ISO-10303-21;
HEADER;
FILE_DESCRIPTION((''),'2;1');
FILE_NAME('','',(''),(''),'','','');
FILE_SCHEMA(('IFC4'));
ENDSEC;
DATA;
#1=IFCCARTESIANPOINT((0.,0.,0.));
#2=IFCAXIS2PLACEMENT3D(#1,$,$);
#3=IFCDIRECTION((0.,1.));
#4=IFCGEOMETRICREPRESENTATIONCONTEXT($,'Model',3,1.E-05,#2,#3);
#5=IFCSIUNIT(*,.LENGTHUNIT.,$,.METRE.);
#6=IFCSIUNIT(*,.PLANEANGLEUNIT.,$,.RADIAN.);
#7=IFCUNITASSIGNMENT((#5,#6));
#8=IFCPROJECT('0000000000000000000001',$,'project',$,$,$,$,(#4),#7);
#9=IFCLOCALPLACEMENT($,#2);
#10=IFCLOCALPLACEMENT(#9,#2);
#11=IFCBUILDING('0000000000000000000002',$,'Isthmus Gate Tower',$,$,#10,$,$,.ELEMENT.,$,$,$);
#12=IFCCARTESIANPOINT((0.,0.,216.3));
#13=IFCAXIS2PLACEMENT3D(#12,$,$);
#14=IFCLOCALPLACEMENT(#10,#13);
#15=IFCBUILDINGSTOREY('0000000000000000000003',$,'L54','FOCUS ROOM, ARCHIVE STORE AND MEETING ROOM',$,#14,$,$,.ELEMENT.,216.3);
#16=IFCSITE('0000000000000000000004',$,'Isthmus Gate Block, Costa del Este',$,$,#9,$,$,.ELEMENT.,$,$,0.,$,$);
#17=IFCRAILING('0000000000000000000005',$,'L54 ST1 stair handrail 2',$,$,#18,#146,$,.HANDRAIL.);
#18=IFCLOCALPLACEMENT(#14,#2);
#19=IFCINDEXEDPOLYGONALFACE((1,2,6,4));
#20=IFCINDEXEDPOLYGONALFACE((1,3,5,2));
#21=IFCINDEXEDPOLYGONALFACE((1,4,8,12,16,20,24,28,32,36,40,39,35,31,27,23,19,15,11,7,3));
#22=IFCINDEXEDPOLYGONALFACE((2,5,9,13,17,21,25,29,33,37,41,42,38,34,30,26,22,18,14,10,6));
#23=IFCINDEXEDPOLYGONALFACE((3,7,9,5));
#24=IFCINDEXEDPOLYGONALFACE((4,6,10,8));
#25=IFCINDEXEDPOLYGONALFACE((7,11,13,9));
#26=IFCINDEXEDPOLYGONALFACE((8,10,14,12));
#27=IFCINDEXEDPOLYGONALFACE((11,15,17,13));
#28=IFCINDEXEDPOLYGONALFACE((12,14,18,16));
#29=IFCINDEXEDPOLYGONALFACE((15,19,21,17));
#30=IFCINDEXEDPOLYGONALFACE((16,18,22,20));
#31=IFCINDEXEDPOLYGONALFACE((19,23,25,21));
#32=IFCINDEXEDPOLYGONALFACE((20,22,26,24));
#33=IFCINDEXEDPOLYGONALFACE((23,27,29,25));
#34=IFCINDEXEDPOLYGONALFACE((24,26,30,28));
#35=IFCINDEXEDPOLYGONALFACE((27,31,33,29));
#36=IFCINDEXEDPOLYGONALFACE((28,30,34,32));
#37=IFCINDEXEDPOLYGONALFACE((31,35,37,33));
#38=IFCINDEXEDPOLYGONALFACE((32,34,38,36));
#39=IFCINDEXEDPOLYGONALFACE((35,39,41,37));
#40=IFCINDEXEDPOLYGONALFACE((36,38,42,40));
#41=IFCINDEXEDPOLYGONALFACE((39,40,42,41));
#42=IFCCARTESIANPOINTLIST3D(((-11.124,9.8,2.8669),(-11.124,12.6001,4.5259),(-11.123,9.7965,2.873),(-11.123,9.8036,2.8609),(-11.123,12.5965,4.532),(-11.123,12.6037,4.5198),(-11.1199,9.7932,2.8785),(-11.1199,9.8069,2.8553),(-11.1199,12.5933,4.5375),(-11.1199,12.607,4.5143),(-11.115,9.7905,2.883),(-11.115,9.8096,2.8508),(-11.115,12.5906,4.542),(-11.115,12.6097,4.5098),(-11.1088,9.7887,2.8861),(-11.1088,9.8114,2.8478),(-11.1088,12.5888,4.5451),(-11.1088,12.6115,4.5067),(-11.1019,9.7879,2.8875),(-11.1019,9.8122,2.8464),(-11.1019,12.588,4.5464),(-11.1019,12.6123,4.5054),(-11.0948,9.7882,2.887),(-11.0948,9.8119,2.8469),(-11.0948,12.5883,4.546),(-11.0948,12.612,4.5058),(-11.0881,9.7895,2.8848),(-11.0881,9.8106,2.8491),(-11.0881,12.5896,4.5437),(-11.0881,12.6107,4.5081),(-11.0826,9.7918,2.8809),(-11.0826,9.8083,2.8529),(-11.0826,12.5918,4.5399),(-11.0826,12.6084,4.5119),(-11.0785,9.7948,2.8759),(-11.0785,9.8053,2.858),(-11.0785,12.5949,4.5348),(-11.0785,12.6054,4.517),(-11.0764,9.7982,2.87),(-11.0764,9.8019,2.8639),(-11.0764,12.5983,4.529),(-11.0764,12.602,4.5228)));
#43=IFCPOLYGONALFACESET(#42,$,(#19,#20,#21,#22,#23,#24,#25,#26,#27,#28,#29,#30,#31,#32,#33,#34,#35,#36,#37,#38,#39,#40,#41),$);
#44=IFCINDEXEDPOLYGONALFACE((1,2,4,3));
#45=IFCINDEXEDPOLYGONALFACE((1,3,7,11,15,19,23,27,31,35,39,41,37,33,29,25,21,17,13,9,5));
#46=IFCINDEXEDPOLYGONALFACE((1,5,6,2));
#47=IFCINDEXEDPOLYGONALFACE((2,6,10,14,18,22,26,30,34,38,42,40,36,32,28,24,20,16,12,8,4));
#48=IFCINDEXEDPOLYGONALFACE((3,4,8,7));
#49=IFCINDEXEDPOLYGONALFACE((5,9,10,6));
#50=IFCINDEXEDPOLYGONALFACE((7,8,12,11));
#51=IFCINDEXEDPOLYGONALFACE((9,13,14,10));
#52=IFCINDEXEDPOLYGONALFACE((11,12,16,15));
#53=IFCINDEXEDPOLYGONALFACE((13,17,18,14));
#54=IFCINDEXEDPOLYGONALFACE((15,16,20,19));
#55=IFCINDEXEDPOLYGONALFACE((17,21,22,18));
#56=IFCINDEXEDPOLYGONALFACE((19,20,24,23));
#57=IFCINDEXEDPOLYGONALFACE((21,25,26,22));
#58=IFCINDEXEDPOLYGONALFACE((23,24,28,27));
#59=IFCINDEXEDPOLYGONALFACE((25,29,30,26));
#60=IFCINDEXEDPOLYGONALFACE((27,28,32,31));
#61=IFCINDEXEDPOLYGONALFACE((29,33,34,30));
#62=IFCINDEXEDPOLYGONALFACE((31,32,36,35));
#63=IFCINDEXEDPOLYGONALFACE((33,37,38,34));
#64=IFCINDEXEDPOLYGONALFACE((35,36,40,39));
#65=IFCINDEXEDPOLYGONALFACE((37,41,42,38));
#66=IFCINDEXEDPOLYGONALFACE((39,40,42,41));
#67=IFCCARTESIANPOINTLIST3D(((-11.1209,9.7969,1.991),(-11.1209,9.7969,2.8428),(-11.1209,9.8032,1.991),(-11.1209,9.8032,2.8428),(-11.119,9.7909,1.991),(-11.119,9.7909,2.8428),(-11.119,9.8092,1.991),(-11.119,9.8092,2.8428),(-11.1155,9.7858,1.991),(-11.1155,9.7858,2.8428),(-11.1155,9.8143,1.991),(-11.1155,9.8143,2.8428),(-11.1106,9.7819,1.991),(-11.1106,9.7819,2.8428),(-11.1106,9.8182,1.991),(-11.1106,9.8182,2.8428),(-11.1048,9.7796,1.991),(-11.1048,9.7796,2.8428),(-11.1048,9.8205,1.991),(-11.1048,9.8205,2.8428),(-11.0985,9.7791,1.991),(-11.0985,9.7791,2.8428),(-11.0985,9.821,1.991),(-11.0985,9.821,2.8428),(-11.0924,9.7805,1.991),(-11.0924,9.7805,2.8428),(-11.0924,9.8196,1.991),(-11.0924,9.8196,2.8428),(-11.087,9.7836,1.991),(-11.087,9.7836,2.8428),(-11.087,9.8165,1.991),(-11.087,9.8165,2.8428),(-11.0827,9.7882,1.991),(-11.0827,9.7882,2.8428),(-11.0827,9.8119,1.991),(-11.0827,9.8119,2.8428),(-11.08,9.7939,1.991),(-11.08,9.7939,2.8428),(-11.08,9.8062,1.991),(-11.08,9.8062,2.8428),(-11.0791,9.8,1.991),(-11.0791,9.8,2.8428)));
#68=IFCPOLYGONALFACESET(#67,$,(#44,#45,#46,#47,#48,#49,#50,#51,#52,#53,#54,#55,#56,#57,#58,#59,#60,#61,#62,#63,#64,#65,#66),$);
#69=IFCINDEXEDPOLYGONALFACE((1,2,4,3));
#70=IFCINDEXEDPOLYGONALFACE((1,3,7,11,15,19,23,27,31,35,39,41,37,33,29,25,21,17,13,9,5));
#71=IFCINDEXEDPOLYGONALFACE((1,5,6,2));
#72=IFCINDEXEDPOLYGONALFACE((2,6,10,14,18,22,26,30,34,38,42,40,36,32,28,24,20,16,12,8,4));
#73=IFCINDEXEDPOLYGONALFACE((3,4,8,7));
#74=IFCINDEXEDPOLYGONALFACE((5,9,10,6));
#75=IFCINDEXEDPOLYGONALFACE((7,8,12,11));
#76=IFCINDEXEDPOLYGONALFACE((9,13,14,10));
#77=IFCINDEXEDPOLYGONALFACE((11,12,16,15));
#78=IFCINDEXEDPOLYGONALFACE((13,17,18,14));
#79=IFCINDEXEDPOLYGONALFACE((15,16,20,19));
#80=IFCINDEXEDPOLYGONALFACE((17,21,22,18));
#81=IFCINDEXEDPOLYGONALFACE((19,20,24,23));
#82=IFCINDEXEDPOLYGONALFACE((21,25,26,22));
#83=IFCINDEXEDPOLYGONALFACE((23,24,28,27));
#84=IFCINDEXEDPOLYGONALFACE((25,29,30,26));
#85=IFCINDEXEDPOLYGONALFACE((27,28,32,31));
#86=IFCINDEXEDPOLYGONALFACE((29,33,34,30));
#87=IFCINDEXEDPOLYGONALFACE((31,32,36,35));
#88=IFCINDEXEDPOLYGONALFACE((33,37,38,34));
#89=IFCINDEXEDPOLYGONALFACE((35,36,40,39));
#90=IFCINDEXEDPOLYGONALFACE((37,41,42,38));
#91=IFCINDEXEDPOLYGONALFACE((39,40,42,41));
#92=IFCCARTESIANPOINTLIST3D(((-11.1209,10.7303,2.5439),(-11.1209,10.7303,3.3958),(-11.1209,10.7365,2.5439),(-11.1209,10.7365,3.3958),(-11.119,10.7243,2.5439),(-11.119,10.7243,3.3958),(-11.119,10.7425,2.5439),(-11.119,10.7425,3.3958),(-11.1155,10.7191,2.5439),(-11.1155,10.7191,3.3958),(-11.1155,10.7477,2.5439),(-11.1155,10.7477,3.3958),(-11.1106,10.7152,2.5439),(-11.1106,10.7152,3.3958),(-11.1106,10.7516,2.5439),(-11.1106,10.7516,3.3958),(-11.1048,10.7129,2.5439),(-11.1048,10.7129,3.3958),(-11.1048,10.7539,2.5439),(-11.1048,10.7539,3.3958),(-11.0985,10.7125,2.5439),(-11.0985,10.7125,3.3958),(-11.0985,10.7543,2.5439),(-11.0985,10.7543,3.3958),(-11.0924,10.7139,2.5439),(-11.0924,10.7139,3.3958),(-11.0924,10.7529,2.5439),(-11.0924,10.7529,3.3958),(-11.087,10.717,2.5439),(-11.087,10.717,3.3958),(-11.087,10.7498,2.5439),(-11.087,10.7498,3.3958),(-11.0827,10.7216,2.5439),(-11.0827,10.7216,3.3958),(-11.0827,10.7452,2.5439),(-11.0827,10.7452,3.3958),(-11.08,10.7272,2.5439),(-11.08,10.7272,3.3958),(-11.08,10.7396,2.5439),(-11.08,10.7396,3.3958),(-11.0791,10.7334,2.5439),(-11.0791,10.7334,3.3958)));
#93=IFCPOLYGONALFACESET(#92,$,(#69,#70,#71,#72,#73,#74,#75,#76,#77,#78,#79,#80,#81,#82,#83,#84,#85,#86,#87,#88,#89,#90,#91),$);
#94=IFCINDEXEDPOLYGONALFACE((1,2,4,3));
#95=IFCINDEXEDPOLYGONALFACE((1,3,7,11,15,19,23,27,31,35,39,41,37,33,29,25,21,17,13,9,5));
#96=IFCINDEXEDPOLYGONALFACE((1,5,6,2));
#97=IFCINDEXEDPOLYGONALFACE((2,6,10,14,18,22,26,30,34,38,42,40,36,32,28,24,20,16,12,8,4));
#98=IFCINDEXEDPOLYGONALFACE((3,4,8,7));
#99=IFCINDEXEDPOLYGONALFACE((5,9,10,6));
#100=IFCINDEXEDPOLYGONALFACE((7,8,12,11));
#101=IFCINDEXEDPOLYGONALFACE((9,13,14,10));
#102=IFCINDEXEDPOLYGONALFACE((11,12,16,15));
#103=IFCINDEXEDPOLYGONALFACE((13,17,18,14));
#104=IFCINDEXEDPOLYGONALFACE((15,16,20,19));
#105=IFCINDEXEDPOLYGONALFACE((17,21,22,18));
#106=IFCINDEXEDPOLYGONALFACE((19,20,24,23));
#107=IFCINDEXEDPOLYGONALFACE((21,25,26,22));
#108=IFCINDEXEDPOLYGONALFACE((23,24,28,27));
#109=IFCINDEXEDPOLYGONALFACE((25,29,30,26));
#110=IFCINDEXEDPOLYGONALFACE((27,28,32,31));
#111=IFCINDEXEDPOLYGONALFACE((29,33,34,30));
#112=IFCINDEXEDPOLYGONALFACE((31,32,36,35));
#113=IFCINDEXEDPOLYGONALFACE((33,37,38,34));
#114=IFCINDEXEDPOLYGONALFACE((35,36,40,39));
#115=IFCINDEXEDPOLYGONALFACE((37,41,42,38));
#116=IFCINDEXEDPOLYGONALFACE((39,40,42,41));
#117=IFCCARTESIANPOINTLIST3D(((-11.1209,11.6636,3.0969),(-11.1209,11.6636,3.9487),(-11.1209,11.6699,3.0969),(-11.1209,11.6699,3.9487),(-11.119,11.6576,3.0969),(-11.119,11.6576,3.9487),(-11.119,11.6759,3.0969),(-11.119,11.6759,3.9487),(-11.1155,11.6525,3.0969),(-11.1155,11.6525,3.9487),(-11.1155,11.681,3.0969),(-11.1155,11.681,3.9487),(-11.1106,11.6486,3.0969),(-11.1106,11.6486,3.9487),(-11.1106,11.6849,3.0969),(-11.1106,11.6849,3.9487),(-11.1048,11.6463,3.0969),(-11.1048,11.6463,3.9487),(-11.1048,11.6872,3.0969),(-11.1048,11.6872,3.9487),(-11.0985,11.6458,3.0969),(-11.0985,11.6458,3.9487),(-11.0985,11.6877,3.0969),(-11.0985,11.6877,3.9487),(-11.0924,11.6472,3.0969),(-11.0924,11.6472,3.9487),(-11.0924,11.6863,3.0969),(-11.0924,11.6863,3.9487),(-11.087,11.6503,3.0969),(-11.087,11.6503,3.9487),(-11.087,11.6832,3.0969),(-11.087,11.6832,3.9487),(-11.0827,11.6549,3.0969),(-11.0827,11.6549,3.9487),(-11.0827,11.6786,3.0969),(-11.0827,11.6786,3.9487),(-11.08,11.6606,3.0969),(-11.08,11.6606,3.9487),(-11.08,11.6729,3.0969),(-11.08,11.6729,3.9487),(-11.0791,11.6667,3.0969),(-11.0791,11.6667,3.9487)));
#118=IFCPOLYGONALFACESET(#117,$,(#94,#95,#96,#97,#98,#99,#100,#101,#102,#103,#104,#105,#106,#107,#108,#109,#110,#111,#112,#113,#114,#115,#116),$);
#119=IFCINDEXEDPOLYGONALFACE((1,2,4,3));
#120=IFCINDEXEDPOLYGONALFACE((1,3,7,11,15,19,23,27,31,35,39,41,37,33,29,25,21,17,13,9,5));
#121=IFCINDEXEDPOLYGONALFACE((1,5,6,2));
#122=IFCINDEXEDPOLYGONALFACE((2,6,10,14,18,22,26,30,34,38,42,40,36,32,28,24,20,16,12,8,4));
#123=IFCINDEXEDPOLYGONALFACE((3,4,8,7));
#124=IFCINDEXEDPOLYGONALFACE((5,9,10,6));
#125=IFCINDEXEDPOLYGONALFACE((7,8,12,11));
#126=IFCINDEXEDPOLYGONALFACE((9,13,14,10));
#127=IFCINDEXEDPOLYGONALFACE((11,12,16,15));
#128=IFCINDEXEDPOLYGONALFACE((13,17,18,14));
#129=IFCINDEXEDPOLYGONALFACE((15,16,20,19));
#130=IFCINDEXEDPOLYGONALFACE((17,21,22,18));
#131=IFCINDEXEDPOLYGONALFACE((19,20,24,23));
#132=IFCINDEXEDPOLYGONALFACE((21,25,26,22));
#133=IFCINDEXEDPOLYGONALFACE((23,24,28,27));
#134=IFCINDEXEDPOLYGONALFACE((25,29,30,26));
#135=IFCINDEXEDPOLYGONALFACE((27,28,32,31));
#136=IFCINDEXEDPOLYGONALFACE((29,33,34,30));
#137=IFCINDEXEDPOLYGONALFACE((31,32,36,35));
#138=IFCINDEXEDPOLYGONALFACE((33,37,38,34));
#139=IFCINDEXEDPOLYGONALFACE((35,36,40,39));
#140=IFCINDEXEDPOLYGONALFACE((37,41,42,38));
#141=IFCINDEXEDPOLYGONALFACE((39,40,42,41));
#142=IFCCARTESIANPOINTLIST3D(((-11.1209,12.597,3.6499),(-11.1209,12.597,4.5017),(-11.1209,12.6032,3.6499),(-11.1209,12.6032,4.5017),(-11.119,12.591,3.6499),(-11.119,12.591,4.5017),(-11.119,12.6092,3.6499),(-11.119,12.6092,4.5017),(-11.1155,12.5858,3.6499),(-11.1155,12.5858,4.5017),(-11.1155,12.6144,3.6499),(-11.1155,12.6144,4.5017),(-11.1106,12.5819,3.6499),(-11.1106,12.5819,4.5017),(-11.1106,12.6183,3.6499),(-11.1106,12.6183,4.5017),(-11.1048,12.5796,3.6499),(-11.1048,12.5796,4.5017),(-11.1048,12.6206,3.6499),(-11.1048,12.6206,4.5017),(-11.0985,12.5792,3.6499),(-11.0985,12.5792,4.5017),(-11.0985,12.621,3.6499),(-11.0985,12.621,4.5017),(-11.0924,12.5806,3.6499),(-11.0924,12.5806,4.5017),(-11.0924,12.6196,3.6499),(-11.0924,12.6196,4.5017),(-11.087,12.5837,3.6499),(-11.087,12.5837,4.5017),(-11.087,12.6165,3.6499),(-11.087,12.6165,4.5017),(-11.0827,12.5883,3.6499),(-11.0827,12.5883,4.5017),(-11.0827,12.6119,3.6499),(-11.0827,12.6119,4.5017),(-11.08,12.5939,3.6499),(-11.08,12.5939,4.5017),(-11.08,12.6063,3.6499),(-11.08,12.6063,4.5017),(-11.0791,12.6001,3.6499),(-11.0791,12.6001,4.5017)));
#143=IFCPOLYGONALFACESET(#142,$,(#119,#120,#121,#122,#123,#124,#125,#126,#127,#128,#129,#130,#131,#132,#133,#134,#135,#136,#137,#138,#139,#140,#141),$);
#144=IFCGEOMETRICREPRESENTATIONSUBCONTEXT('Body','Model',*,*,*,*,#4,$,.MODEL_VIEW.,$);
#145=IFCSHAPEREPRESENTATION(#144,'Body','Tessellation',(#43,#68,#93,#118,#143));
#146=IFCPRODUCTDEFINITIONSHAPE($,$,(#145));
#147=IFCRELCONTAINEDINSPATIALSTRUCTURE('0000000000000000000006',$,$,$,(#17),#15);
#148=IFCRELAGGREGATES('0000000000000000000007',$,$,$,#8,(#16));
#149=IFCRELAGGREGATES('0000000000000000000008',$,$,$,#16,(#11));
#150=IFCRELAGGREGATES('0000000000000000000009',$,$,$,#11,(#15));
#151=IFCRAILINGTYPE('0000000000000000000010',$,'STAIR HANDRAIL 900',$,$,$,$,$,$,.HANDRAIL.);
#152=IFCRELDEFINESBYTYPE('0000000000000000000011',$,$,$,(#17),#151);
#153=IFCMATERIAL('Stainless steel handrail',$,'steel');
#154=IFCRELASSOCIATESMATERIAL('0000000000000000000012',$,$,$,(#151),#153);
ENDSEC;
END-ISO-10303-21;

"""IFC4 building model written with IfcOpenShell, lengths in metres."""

from ifc_helpers import new_model, si_unit, direction, frame, origin, origin_2d, place, context, subcontext, project, spatial, circle, extrude, material, type_object, element, save


model = new_model("IFC4")

# Units and contexts
model_context = context("Model", 3, precision=1e-05, world=origin(), true_north=direction((0.0, 1.0)))
body_context = subcontext(model_context, "Body", "Model", "MODEL_VIEW")
ifc_project = project(units=[si_unit("LENGTHUNIT", "METRE"), si_unit("PLANEANGLEUNIT", "RADIAN")], contexts=[model_context])

# Site, building, storey
site_placement = place(None, origin())
site = spatial("IfcSite", under=ifc_project, at=site_placement, Name="Isthmus Gate Block, Costa del Este", CompositionType="ELEMENT", RefElevation=0.0)
building_placement = place(site_placement, origin())
building = spatial("IfcBuilding", under=site, at=building_placement, Name="Isthmus Gate Tower", CompositionType="ELEMENT")
storey_placement = place(building_placement, frame((0.0, 0.0, 216.3)))
storey = spatial("IfcBuildingStorey", under=building, at=storey_placement, Name="L54", Description="FOCUS ROOM, ARCHIVE STORE AND MEETING ROOM", CompositionType="ELEMENT", Elevation=216.3)

# Railing
ifc_material_1 = material(Name="Stainless steel handrail", Category="steel")
railing_type_1 = type_object("IfcRailingType", Name="STAIR HANDRAIL 900", PredefinedType="HANDRAIL", material=ifc_material_1)
railing_1_placement = place(storey_placement, frame((-11.1001, 9.8, 1.991)))
element("IfcRailing", 1, at=railing_1_placement, inside=storey, type_object=railing_type_1, Name="L54 ST1 stair handrail 2", PredefinedType="HANDRAIL", context=body_context, shape_type="SweptSolid", body=[
    extrude(circle(Radius=0.0239, at=origin_2d()), frame((0.0, 0.0, 0.876), z_axis=(0.0, 0.860339, 0.509722), x_axis=(-1.0, 0.0, 0.0)), (0.0, 0.0, 1.0), 3.2546),
    extrude(circle(Radius=0.021, at=origin_2d()), origin(), (0.0, 0.0, 1.0), 0.8518),
    extrude(circle(Radius=0.021, at=origin_2d()), frame((0.0, 0.9333, 0.553)), (0.0, 0.0, 1.0), 0.8518),
    extrude(circle(Radius=0.021, at=origin_2d()), frame((0.0, 1.8667, 1.106)), (0.0, 0.0, 1.0), 0.8518),
    extrude(circle(Radius=0.021, at=origin_2d()), frame((0.0, 2.8, 1.6589)), (0.0, 0.0, 1.0), 0.8518),
])

save(model, "model.ifc")
